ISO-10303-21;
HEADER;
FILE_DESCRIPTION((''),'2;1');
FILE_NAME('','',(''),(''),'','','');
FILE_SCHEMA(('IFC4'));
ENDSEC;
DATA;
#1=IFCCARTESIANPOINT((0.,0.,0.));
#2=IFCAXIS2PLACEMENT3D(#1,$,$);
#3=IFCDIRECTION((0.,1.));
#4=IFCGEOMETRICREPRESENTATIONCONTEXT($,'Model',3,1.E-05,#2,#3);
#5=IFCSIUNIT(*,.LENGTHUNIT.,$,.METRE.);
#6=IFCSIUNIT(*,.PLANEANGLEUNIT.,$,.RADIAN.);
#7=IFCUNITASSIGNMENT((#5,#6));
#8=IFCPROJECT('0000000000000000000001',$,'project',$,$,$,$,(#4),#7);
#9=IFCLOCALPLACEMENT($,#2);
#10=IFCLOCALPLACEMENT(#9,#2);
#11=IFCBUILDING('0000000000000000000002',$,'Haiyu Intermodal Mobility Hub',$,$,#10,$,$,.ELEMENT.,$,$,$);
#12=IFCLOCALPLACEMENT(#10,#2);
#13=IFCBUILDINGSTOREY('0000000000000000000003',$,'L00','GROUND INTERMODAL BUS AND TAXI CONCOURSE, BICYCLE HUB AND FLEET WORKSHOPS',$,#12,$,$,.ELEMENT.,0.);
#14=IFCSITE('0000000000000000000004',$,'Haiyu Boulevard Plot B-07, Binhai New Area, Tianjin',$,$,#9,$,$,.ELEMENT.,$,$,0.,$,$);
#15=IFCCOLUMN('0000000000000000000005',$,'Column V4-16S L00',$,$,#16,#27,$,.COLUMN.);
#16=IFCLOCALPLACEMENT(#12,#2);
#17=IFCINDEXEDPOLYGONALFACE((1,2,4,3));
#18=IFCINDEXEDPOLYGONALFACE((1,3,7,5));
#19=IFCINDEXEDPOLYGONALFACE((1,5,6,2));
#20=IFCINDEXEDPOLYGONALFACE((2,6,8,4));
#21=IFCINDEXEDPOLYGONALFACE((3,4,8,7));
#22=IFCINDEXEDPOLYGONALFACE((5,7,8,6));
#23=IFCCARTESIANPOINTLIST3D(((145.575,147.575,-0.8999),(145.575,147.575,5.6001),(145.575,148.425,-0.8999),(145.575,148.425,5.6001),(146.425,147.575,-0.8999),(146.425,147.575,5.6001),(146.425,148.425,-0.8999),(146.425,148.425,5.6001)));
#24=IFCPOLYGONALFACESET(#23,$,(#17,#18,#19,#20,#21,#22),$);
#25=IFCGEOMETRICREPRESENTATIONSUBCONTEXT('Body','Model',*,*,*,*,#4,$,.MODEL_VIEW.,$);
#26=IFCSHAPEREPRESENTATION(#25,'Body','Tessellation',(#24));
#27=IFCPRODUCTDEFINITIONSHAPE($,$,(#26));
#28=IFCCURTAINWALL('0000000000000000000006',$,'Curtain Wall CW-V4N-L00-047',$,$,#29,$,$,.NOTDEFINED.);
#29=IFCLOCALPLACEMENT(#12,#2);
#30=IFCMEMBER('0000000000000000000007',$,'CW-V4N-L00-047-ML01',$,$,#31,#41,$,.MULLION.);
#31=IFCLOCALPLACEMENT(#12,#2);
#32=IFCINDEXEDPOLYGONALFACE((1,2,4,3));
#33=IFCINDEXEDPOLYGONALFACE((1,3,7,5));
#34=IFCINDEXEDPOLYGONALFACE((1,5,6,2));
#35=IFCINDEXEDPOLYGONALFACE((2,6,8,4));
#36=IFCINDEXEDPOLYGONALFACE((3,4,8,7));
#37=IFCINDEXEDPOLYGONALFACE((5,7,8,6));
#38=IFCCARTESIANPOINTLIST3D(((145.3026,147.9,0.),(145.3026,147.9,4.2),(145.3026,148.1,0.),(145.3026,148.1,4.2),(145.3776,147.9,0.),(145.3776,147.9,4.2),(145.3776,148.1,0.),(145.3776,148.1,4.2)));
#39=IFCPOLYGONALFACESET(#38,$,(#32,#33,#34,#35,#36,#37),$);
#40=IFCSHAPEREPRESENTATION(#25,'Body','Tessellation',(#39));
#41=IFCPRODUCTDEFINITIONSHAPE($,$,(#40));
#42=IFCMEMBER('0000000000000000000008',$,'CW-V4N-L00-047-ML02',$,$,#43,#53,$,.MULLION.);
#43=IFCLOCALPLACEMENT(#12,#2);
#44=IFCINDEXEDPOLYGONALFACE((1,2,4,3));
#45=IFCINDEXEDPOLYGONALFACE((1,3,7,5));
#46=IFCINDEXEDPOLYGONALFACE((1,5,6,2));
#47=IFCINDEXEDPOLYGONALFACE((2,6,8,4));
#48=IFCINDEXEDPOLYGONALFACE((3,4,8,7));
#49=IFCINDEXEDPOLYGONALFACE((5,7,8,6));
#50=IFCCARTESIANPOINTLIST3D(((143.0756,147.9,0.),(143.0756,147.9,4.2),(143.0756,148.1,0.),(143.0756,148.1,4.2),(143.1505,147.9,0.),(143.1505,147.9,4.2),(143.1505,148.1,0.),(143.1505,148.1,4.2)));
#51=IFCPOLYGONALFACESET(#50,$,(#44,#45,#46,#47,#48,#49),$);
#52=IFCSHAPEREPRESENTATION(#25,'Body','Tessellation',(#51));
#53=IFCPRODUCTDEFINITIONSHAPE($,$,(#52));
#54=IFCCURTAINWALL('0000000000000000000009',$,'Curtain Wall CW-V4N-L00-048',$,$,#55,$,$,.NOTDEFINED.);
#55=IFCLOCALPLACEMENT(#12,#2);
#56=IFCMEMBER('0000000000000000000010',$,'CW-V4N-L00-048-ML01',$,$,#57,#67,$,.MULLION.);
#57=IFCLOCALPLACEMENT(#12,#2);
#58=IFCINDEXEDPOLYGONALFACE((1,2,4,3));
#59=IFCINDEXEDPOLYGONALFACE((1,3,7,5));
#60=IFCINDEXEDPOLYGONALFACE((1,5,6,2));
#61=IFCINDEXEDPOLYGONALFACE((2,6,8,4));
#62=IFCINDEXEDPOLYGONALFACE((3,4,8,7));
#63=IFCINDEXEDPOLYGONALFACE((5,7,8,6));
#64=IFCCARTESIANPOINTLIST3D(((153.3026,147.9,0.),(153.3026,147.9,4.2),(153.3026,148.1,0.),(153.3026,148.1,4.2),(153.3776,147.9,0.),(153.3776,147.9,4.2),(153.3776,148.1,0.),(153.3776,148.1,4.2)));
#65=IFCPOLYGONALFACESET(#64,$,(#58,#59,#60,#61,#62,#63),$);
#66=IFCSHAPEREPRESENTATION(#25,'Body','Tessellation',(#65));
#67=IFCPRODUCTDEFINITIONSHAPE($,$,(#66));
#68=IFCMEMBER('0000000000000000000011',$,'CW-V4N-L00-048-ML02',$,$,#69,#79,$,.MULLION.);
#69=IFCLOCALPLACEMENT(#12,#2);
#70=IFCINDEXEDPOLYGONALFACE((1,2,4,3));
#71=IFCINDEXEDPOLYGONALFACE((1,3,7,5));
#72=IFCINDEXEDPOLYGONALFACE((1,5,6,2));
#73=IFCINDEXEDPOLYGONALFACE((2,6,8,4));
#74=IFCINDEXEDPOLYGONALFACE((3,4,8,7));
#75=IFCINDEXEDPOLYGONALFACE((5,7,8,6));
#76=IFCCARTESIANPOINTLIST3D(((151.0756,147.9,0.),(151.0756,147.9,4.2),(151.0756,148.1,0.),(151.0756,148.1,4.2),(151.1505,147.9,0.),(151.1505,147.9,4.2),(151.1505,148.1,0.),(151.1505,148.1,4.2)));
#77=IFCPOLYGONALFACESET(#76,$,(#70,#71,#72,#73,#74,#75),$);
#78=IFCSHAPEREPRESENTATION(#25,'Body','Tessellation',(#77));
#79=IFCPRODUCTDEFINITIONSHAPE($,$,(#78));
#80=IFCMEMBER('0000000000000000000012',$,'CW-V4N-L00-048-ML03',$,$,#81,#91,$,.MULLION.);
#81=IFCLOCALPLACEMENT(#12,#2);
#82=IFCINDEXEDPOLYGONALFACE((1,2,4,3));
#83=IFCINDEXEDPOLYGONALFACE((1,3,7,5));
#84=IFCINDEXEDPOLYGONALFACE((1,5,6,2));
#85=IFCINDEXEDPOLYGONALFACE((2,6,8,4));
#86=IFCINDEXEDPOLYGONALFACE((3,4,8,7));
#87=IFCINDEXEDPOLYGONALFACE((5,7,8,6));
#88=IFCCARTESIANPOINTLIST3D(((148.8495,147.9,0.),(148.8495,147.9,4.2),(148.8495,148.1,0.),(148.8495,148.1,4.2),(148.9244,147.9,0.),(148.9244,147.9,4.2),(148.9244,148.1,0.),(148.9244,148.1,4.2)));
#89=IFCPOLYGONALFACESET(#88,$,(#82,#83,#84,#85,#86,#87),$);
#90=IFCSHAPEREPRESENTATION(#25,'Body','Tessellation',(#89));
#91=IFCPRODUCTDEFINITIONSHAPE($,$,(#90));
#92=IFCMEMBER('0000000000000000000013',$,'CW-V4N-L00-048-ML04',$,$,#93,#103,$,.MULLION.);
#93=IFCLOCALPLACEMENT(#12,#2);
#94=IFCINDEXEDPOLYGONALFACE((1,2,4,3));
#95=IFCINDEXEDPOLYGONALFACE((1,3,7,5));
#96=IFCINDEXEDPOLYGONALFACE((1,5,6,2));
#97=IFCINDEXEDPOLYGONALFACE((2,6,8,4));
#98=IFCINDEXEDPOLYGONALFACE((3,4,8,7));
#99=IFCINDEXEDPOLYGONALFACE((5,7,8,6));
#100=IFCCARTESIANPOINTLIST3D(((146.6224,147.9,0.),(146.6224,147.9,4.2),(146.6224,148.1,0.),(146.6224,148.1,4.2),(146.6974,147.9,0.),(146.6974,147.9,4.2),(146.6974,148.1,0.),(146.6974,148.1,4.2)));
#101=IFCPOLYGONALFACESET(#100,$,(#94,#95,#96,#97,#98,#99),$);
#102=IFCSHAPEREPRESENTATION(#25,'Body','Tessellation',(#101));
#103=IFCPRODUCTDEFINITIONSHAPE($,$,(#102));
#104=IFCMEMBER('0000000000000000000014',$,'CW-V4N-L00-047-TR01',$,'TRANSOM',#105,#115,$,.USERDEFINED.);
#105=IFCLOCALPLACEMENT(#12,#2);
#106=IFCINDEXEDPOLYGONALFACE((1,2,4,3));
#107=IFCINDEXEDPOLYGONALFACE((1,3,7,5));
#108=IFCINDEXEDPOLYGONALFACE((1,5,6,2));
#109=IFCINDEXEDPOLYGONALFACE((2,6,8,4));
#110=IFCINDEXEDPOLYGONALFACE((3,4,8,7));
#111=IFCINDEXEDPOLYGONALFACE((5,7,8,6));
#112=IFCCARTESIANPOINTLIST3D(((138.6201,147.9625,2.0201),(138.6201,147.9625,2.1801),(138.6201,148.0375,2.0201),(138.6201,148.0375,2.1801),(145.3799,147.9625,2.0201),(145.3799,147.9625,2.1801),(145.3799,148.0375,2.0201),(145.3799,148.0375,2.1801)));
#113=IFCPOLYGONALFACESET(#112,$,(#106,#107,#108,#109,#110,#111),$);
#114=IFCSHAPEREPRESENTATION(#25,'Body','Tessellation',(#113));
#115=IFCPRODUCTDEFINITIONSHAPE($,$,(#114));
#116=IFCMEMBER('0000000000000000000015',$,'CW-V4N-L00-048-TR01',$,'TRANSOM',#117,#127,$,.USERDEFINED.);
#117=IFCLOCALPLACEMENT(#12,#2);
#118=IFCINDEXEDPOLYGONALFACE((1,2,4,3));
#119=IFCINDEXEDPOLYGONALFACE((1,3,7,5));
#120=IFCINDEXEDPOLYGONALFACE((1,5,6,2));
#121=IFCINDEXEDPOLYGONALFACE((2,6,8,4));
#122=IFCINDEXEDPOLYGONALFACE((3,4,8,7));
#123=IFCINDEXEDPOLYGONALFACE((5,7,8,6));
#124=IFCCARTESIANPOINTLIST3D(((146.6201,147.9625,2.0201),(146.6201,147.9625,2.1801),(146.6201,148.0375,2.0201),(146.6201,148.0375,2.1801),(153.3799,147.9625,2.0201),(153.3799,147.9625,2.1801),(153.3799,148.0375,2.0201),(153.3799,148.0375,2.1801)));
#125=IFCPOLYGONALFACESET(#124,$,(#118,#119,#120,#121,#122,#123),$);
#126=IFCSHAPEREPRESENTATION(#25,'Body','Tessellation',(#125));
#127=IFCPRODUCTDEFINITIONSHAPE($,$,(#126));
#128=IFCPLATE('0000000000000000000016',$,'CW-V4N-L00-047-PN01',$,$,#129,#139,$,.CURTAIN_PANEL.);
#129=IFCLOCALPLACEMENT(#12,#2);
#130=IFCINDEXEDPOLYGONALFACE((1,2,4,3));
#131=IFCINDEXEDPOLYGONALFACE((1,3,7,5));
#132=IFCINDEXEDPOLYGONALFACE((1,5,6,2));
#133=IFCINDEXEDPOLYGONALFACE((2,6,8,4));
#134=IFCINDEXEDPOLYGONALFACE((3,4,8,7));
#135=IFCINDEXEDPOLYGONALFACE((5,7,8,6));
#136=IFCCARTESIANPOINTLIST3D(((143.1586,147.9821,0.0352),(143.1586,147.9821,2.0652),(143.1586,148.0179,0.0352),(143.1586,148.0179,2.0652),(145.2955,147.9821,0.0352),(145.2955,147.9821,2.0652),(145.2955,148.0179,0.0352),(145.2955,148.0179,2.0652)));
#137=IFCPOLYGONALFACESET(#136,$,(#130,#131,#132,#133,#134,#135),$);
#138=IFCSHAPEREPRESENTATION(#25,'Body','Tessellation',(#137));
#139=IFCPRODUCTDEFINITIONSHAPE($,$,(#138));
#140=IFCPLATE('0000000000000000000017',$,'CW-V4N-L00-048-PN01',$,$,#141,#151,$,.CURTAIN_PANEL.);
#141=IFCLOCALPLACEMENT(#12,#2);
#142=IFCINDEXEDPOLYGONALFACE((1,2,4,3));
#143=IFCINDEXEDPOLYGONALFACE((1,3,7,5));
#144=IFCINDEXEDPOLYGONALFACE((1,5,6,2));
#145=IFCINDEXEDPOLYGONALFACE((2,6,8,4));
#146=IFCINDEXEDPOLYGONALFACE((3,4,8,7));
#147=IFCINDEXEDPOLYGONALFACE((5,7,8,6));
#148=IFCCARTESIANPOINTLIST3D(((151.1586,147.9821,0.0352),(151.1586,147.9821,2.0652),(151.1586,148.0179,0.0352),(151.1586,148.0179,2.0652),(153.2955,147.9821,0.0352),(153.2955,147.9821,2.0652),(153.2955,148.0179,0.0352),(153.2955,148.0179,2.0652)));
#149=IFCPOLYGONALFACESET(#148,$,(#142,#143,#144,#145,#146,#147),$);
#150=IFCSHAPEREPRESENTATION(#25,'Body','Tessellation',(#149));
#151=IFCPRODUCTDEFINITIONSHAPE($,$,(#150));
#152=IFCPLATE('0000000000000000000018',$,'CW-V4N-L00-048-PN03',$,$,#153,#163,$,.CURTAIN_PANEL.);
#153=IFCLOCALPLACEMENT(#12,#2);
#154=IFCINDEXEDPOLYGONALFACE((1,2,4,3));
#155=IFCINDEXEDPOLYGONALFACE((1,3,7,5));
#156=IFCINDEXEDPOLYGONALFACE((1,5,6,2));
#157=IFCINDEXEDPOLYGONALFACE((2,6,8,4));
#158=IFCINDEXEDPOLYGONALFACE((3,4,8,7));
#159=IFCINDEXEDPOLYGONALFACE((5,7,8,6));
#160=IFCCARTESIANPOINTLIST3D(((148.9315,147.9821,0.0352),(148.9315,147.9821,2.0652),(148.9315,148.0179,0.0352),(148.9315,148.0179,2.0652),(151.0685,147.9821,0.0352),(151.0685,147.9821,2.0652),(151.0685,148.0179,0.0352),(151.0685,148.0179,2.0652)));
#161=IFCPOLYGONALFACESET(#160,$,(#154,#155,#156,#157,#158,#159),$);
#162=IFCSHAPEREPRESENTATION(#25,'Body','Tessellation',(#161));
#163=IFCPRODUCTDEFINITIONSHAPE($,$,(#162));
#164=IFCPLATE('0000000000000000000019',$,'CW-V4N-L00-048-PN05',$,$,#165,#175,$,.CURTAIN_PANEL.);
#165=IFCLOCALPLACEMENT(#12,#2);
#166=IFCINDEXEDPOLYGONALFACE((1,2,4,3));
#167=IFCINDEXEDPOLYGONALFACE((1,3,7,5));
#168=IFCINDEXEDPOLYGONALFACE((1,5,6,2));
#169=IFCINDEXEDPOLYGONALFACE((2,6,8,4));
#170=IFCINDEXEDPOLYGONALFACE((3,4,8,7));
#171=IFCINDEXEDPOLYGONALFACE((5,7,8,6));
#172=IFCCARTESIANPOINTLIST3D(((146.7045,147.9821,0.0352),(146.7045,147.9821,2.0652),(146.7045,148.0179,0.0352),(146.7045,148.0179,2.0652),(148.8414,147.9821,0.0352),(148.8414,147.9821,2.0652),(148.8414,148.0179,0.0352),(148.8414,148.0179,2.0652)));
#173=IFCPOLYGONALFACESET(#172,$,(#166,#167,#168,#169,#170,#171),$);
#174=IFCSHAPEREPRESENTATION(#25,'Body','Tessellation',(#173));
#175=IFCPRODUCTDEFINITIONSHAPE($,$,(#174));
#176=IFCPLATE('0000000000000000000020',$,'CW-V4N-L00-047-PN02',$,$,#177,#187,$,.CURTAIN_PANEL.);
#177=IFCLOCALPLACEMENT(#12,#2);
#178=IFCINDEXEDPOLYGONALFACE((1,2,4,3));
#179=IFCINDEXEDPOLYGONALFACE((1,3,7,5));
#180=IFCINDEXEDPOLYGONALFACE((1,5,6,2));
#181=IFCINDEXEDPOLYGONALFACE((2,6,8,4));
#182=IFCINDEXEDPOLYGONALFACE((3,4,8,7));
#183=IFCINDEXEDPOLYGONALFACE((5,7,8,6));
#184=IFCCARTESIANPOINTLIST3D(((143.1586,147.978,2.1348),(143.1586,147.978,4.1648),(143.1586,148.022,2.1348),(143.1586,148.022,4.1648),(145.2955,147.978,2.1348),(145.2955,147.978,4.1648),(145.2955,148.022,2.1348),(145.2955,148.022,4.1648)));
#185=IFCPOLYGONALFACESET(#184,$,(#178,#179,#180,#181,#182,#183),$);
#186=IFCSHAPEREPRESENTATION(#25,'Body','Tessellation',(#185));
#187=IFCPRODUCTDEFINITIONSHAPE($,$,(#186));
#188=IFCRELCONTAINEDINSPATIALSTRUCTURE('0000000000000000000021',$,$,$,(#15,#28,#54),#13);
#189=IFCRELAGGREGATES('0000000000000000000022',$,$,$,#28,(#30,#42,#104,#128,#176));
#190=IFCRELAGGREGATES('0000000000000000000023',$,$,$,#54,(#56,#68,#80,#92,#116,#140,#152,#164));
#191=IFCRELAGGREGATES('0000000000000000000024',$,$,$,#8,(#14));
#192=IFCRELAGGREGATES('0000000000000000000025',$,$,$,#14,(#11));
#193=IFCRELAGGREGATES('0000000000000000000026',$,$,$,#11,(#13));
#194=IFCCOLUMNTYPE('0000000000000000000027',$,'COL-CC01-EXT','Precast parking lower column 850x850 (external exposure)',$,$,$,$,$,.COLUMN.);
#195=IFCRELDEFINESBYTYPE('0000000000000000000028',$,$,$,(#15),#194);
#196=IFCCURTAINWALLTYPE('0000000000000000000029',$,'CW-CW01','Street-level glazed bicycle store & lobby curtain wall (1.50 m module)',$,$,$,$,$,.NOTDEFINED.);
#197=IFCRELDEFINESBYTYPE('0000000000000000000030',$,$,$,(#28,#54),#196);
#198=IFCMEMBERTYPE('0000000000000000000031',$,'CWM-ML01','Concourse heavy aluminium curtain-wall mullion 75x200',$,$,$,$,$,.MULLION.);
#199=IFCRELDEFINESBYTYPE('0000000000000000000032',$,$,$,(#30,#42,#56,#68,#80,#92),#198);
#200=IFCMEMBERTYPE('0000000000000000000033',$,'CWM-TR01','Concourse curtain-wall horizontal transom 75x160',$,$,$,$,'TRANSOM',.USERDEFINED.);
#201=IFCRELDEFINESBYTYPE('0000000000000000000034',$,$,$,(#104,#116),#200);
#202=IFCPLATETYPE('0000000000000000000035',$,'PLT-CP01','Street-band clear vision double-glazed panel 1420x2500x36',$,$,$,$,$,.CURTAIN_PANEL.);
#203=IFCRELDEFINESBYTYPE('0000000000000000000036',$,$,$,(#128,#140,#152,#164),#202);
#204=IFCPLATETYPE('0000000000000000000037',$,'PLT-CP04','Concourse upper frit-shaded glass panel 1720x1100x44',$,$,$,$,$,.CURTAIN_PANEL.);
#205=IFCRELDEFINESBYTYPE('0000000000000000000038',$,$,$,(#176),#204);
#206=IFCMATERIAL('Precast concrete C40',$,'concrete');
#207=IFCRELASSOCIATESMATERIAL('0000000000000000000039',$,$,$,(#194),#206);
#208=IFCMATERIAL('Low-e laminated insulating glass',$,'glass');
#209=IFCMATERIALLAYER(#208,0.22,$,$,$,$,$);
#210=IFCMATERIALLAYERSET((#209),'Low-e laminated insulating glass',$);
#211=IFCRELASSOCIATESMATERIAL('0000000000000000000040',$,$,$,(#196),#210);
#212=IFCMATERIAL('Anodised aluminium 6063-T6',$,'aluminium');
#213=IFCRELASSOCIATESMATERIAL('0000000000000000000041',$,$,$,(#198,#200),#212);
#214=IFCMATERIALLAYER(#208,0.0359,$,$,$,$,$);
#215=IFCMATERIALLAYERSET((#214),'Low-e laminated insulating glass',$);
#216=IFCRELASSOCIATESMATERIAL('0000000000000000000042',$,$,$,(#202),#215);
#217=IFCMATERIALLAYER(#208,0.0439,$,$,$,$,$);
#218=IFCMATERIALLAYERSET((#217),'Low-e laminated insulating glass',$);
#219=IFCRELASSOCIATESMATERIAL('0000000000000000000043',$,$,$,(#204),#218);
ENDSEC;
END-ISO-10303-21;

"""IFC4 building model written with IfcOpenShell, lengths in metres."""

from ifc_helpers import new_model, si_unit, direction, frame, origin, origin_2d, place, context, subcontext, project, spatial, rectangle, extrude, material, layer, layer_set, material_profile, profile_set, type_object, element, aggregate, save


model = new_model("IFC4")

# Units and contexts
model_context = context("Model", 3, precision=1e-05, world=origin(), true_north=direction((0.0, 1.0)))
body_context = subcontext(model_context, "Body", "Model", "MODEL_VIEW")
ifc_project = project(units=[si_unit("LENGTHUNIT", "METRE"), si_unit("PLANEANGLEUNIT", "RADIAN")], contexts=[model_context])

# Site, building, storey
site_placement = place(None, origin())
site = spatial("IfcSite", under=ifc_project, at=site_placement, Name="Haiyu Boulevard Plot B-07, Binhai New Area, Tianjin", CompositionType="ELEMENT", RefElevation=0.0)
building_placement = place(site_placement, origin())
building = spatial("IfcBuilding", under=site, at=building_placement, Name="Haiyu Intermodal Mobility Hub", CompositionType="ELEMENT")
storey_placement = place(building_placement, origin())
storey = spatial("IfcBuildingStorey", under=building, at=storey_placement, Name="L00", Description="GROUND INTERMODAL BUS AND TAXI CONCOURSE, BICYCLE HUB AND FLEET WORKSHOPS", CompositionType="ELEMENT", Elevation=0.0)

# Column
ifc_material_1 = material(Name="Precast concrete C40", Category="concrete")
ifc_material_profile_1 = material_profile(ifc_material_1, rectangle(XDim=0.8501, YDim=0.8501, at=origin_2d()), Name="RC850x850")
ifc_profile_set_1 = profile_set([ifc_material_profile_1], Name="Precast concrete C40")
column_type = type_object("IfcColumnType", Name="COL-CC01-EXT", Description="Precast parking lower column 850x850 (external exposure)", PredefinedType="COLUMN", material=ifc_profile_set_1)
column_placement = place(storey_placement, frame((146.0, 148.0, -0.8999), z_axis=(0.0, 0.0, 1.0), x_axis=(1.0, 0.0, 0.0)))
element("IfcColumn", 1, at=column_placement, inside=storey, type_object=column_type, Name="Column V4-16S L00", PredefinedType="COLUMN", context=body_context, shape_type="SweptSolid", body=[
    extrude(rectangle(XDim=0.8501, YDim=0.8501, at=origin_2d()), origin(), (0.0, 0.0, 1.0), 6.5),
])

# Curtain walls, members
ifc_material_2 = material(Name="Low-e laminated insulating glass", Category="glass")
ifc_layer_1 = layer(ifc_material_2, 0.22)
ifc_layer_set_1 = layer_set([ifc_layer_1], Name="Low-e laminated insulating glass")
curtain_wall_type = type_object("IfcCurtainWallType", Name="CW-CW01", Description="Street-level glazed bicycle store & lobby curtain wall (1.50 m module)", PredefinedType="NOTDEFINED", material=ifc_layer_set_1)
curtain_wall_1_placement = place(storey_placement, origin())
curtain_wall_1 = element("IfcCurtainWall", 2, at=curtain_wall_1_placement, inside=storey, type_object=curtain_wall_type, Name="Curtain Wall CW-V4N-L00-047", PredefinedType="NOTDEFINED")
ifc_material_3 = material(Name="Anodised aluminium 6063-T6", Category="aluminium")
ifc_material_profile_2 = material_profile(ifc_material_3, rectangle(XDim=0.075, YDim=0.2, at=origin_2d()), Name="ALU75x200")
ifc_profile_set_2 = profile_set([ifc_material_profile_2], Name="Anodised aluminium 6063-T6")
member_type_1 = type_object("IfcMemberType", Name="CWM-ML01", Description="Concourse heavy aluminium curtain-wall mullion 75x200", PredefinedType="MULLION", material=ifc_profile_set_2)
member_1_placement = place(storey_placement, frame((145.3401, 148.0, 0.0), z_axis=(0.0, 0.0, 1.0), x_axis=(1.0, 0.0, 0.0)))
member_1 = element("IfcMember", 3, at=member_1_placement, type_object=member_type_1, Name="CW-V4N-L00-047-ML01", PredefinedType="MULLION", context=body_context, shape_type="SweptSolid", body=[
    extrude(rectangle(XDim=0.075, YDim=0.2, at=origin_2d()), origin(), (0.0, 0.0, 1.0), 4.2),
])
member_2_placement = place(storey_placement, frame((143.113, 148.0, 0.0), z_axis=(0.0, 0.0, 1.0), x_axis=(1.0, 0.0, 0.0)))
member_2 = element("IfcMember", 4, at=member_2_placement, type_object=member_type_1, Name="CW-V4N-L00-047-ML02", PredefinedType="MULLION", context=body_context, shape_type="SweptSolid", body=[
    extrude(rectangle(XDim=0.075, YDim=0.2, at=origin_2d()), origin(), (0.0, 0.0, 1.0), 4.2),
])
curtain_wall_2_placement = place(storey_placement, origin())
curtain_wall_2 = element("IfcCurtainWall", 5, at=curtain_wall_2_placement, inside=storey, type_object=curtain_wall_type, Name="Curtain Wall CW-V4N-L00-048", PredefinedType="NOTDEFINED")
member_3_placement = place(storey_placement, frame((153.3401, 148.0, 0.0), z_axis=(0.0, 0.0, 1.0), x_axis=(1.0, 0.0, 0.0)))
member_3 = element("IfcMember", 6, at=member_3_placement, type_object=member_type_1, Name="CW-V4N-L00-048-ML01", PredefinedType="MULLION", context=body_context, shape_type="SweptSolid", body=[
    extrude(rectangle(XDim=0.075, YDim=0.2, at=origin_2d()), origin(), (0.0, 0.0, 1.0), 4.2),
])
member_4_placement = place(storey_placement, frame((151.113, 148.0, 0.0), z_axis=(0.0, 0.0, 1.0), x_axis=(1.0, 0.0, 0.0)))
member_4 = element("IfcMember", 7, at=member_4_placement, type_object=member_type_1, Name="CW-V4N-L00-048-ML02", PredefinedType="MULLION", context=body_context, shape_type="SweptSolid", body=[
    extrude(rectangle(XDim=0.075, YDim=0.2, at=origin_2d()), origin(), (0.0, 0.0, 1.0), 4.2),
])
member_5_placement = place(storey_placement, frame((148.887, 148.0, 0.0), z_axis=(0.0, 0.0, 1.0), x_axis=(1.0, 0.0, 0.0)))
member_5 = element("IfcMember", 8, at=member_5_placement, type_object=member_type_1, Name="CW-V4N-L00-048-ML03", PredefinedType="MULLION", context=body_context, shape_type="SweptSolid", body=[
    extrude(rectangle(XDim=0.075, YDim=0.2, at=origin_2d()), origin(), (0.0, 0.0, 1.0), 4.2),
])
member_6_placement = place(storey_placement, frame((146.6599, 148.0, 0.0), z_axis=(0.0, 0.0, 1.0), x_axis=(1.0, 0.0, 0.0)))
member_6 = element("IfcMember", 9, at=member_6_placement, type_object=member_type_1, Name="CW-V4N-L00-048-ML04", PredefinedType="MULLION", context=body_context, shape_type="SweptSolid", body=[
    extrude(rectangle(XDim=0.075, YDim=0.2, at=origin_2d()), origin(), (0.0, 0.0, 1.0), 4.2),
])

# Members
ifc_material_profile_3 = material_profile(ifc_material_3, rectangle(XDim=0.075, YDim=0.1599, at=origin_2d()), Name="ALU75x160")
ifc_profile_set_3 = profile_set([ifc_material_profile_3], Name="Anodised aluminium 6063-T6")
member_type_2 = type_object("IfcMemberType", Name="CWM-TR01", Description="Concourse curtain-wall horizontal transom 75x160", ElementType="TRANSOM", PredefinedType="USERDEFINED", material=ifc_profile_set_3)
member_7_placement = place(storey_placement, frame((145.3799, 148.0, 2.1001), z_axis=(-1.0, 0.0, 0.0), x_axis=(0.0, -1.0, 0.0)))
member_7 = element("IfcMember", 10, at=member_7_placement, type_object=member_type_2, Name="CW-V4N-L00-047-TR01", ObjectType="TRANSOM", PredefinedType="USERDEFINED", context=body_context, shape_type="SweptSolid", body=[
    extrude(rectangle(XDim=0.075, YDim=0.1599, at=origin_2d()), origin(), (0.0, 0.0, 1.0), 6.7598),
])
member_8_placement = place(storey_placement, frame((153.3799, 148.0, 2.1001), z_axis=(-1.0, 0.0, 0.0), x_axis=(0.0, -1.0, 0.0)))
member_8 = element("IfcMember", 11, at=member_8_placement, type_object=member_type_2, Name="CW-V4N-L00-048-TR01", ObjectType="TRANSOM", PredefinedType="USERDEFINED", context=body_context, shape_type="SweptSolid", body=[
    extrude(rectangle(XDim=0.075, YDim=0.1599, at=origin_2d()), origin(), (0.0, 0.0, 1.0), 6.7598),
])

# Plates
ifc_layer_2 = layer(ifc_material_2, 0.0359)
ifc_layer_set_2 = layer_set([ifc_layer_2], Name="Low-e laminated insulating glass")
plate_type_1 = type_object("IfcPlateType", Name="PLT-CP01", Description="Street-band clear vision double-glazed panel 1420x2500x36", PredefinedType="CURTAIN_PANEL", material=ifc_layer_set_2)
plate_1_placement = place(storey_placement, frame((144.2271, 148.0, 0.0352), z_axis=(0.0, 0.0, 1.0), x_axis=(-1.0, 0.0, 0.0)))
plate_1 = element("IfcPlate", 12, at=plate_1_placement, type_object=plate_type_1, Name="CW-V4N-L00-047-PN01", PredefinedType="CURTAIN_PANEL", context=body_context, shape_type="SweptSolid", body=[
    extrude(rectangle(XDim=2.137, YDim=0.0359, at=origin_2d()), origin(), (0.0, 0.0, 1.0), 2.03),
])
plate_2_placement = place(storey_placement, frame((152.2271, 148.0, 0.0352), z_axis=(0.0, 0.0, 1.0), x_axis=(-1.0, 0.0, 0.0)))
plate_2 = element("IfcPlate", 13, at=plate_2_placement, type_object=plate_type_1, Name="CW-V4N-L00-048-PN01", PredefinedType="CURTAIN_PANEL", context=body_context, shape_type="SweptSolid", body=[
    extrude(rectangle(XDim=2.137, YDim=0.0359, at=origin_2d()), origin(), (0.0, 0.0, 1.0), 2.03),
])
plate_3_placement = place(storey_placement, frame((150.0, 148.0, 0.0352), z_axis=(0.0, 0.0, 1.0), x_axis=(-1.0, 0.0, 0.0)))
plate_3 = element("IfcPlate", 14, at=plate_3_placement, type_object=plate_type_1, Name="CW-V4N-L00-048-PN03", PredefinedType="CURTAIN_PANEL", context=body_context, shape_type="SweptSolid", body=[
    extrude(rectangle(XDim=2.137, YDim=0.0359, at=origin_2d()), origin(), (0.0, 0.0, 1.0), 2.03),
])
plate_4_placement = place(storey_placement, frame((147.7729, 148.0, 0.0352), z_axis=(0.0, 0.0, 1.0), x_axis=(-1.0, 0.0, 0.0)))
plate_4 = element("IfcPlate", 15, at=plate_4_placement, type_object=plate_type_1, Name="CW-V4N-L00-048-PN05", PredefinedType="CURTAIN_PANEL", context=body_context, shape_type="SweptSolid", body=[
    extrude(rectangle(XDim=2.137, YDim=0.0359, at=origin_2d()), origin(), (0.0, 0.0, 1.0), 2.03),
])
ifc_layer_3 = layer(ifc_material_2, 0.0439)
ifc_layer_set_3 = layer_set([ifc_layer_3], Name="Low-e laminated insulating glass")
plate_type_2 = type_object("IfcPlateType", Name="PLT-CP04", Description="Concourse upper frit-shaded glass panel 1720x1100x44", PredefinedType="CURTAIN_PANEL", material=ifc_layer_set_3)
plate_5_placement = place(storey_placement, frame((144.2271, 148.0, 2.1348), z_axis=(0.0, 0.0, 1.0), x_axis=(-1.0, 0.0, 0.0)))
plate_5 = element("IfcPlate", 16, at=plate_5_placement, type_object=plate_type_2, Name="CW-V4N-L00-047-PN02", PredefinedType="CURTAIN_PANEL", context=body_context, shape_type="SweptSolid", body=[
    extrude(rectangle(XDim=2.137, YDim=0.0439, at=origin_2d()), origin(), (0.0, 0.0, 1.0), 2.03),
])
aggregate(curtain_wall_1, [member_1, member_2, member_7, plate_1, plate_5])
aggregate(curtain_wall_2, [member_3, member_4, member_5, member_6, member_8, plate_2, plate_3, plate_4])

save(model, "model.ifc")
